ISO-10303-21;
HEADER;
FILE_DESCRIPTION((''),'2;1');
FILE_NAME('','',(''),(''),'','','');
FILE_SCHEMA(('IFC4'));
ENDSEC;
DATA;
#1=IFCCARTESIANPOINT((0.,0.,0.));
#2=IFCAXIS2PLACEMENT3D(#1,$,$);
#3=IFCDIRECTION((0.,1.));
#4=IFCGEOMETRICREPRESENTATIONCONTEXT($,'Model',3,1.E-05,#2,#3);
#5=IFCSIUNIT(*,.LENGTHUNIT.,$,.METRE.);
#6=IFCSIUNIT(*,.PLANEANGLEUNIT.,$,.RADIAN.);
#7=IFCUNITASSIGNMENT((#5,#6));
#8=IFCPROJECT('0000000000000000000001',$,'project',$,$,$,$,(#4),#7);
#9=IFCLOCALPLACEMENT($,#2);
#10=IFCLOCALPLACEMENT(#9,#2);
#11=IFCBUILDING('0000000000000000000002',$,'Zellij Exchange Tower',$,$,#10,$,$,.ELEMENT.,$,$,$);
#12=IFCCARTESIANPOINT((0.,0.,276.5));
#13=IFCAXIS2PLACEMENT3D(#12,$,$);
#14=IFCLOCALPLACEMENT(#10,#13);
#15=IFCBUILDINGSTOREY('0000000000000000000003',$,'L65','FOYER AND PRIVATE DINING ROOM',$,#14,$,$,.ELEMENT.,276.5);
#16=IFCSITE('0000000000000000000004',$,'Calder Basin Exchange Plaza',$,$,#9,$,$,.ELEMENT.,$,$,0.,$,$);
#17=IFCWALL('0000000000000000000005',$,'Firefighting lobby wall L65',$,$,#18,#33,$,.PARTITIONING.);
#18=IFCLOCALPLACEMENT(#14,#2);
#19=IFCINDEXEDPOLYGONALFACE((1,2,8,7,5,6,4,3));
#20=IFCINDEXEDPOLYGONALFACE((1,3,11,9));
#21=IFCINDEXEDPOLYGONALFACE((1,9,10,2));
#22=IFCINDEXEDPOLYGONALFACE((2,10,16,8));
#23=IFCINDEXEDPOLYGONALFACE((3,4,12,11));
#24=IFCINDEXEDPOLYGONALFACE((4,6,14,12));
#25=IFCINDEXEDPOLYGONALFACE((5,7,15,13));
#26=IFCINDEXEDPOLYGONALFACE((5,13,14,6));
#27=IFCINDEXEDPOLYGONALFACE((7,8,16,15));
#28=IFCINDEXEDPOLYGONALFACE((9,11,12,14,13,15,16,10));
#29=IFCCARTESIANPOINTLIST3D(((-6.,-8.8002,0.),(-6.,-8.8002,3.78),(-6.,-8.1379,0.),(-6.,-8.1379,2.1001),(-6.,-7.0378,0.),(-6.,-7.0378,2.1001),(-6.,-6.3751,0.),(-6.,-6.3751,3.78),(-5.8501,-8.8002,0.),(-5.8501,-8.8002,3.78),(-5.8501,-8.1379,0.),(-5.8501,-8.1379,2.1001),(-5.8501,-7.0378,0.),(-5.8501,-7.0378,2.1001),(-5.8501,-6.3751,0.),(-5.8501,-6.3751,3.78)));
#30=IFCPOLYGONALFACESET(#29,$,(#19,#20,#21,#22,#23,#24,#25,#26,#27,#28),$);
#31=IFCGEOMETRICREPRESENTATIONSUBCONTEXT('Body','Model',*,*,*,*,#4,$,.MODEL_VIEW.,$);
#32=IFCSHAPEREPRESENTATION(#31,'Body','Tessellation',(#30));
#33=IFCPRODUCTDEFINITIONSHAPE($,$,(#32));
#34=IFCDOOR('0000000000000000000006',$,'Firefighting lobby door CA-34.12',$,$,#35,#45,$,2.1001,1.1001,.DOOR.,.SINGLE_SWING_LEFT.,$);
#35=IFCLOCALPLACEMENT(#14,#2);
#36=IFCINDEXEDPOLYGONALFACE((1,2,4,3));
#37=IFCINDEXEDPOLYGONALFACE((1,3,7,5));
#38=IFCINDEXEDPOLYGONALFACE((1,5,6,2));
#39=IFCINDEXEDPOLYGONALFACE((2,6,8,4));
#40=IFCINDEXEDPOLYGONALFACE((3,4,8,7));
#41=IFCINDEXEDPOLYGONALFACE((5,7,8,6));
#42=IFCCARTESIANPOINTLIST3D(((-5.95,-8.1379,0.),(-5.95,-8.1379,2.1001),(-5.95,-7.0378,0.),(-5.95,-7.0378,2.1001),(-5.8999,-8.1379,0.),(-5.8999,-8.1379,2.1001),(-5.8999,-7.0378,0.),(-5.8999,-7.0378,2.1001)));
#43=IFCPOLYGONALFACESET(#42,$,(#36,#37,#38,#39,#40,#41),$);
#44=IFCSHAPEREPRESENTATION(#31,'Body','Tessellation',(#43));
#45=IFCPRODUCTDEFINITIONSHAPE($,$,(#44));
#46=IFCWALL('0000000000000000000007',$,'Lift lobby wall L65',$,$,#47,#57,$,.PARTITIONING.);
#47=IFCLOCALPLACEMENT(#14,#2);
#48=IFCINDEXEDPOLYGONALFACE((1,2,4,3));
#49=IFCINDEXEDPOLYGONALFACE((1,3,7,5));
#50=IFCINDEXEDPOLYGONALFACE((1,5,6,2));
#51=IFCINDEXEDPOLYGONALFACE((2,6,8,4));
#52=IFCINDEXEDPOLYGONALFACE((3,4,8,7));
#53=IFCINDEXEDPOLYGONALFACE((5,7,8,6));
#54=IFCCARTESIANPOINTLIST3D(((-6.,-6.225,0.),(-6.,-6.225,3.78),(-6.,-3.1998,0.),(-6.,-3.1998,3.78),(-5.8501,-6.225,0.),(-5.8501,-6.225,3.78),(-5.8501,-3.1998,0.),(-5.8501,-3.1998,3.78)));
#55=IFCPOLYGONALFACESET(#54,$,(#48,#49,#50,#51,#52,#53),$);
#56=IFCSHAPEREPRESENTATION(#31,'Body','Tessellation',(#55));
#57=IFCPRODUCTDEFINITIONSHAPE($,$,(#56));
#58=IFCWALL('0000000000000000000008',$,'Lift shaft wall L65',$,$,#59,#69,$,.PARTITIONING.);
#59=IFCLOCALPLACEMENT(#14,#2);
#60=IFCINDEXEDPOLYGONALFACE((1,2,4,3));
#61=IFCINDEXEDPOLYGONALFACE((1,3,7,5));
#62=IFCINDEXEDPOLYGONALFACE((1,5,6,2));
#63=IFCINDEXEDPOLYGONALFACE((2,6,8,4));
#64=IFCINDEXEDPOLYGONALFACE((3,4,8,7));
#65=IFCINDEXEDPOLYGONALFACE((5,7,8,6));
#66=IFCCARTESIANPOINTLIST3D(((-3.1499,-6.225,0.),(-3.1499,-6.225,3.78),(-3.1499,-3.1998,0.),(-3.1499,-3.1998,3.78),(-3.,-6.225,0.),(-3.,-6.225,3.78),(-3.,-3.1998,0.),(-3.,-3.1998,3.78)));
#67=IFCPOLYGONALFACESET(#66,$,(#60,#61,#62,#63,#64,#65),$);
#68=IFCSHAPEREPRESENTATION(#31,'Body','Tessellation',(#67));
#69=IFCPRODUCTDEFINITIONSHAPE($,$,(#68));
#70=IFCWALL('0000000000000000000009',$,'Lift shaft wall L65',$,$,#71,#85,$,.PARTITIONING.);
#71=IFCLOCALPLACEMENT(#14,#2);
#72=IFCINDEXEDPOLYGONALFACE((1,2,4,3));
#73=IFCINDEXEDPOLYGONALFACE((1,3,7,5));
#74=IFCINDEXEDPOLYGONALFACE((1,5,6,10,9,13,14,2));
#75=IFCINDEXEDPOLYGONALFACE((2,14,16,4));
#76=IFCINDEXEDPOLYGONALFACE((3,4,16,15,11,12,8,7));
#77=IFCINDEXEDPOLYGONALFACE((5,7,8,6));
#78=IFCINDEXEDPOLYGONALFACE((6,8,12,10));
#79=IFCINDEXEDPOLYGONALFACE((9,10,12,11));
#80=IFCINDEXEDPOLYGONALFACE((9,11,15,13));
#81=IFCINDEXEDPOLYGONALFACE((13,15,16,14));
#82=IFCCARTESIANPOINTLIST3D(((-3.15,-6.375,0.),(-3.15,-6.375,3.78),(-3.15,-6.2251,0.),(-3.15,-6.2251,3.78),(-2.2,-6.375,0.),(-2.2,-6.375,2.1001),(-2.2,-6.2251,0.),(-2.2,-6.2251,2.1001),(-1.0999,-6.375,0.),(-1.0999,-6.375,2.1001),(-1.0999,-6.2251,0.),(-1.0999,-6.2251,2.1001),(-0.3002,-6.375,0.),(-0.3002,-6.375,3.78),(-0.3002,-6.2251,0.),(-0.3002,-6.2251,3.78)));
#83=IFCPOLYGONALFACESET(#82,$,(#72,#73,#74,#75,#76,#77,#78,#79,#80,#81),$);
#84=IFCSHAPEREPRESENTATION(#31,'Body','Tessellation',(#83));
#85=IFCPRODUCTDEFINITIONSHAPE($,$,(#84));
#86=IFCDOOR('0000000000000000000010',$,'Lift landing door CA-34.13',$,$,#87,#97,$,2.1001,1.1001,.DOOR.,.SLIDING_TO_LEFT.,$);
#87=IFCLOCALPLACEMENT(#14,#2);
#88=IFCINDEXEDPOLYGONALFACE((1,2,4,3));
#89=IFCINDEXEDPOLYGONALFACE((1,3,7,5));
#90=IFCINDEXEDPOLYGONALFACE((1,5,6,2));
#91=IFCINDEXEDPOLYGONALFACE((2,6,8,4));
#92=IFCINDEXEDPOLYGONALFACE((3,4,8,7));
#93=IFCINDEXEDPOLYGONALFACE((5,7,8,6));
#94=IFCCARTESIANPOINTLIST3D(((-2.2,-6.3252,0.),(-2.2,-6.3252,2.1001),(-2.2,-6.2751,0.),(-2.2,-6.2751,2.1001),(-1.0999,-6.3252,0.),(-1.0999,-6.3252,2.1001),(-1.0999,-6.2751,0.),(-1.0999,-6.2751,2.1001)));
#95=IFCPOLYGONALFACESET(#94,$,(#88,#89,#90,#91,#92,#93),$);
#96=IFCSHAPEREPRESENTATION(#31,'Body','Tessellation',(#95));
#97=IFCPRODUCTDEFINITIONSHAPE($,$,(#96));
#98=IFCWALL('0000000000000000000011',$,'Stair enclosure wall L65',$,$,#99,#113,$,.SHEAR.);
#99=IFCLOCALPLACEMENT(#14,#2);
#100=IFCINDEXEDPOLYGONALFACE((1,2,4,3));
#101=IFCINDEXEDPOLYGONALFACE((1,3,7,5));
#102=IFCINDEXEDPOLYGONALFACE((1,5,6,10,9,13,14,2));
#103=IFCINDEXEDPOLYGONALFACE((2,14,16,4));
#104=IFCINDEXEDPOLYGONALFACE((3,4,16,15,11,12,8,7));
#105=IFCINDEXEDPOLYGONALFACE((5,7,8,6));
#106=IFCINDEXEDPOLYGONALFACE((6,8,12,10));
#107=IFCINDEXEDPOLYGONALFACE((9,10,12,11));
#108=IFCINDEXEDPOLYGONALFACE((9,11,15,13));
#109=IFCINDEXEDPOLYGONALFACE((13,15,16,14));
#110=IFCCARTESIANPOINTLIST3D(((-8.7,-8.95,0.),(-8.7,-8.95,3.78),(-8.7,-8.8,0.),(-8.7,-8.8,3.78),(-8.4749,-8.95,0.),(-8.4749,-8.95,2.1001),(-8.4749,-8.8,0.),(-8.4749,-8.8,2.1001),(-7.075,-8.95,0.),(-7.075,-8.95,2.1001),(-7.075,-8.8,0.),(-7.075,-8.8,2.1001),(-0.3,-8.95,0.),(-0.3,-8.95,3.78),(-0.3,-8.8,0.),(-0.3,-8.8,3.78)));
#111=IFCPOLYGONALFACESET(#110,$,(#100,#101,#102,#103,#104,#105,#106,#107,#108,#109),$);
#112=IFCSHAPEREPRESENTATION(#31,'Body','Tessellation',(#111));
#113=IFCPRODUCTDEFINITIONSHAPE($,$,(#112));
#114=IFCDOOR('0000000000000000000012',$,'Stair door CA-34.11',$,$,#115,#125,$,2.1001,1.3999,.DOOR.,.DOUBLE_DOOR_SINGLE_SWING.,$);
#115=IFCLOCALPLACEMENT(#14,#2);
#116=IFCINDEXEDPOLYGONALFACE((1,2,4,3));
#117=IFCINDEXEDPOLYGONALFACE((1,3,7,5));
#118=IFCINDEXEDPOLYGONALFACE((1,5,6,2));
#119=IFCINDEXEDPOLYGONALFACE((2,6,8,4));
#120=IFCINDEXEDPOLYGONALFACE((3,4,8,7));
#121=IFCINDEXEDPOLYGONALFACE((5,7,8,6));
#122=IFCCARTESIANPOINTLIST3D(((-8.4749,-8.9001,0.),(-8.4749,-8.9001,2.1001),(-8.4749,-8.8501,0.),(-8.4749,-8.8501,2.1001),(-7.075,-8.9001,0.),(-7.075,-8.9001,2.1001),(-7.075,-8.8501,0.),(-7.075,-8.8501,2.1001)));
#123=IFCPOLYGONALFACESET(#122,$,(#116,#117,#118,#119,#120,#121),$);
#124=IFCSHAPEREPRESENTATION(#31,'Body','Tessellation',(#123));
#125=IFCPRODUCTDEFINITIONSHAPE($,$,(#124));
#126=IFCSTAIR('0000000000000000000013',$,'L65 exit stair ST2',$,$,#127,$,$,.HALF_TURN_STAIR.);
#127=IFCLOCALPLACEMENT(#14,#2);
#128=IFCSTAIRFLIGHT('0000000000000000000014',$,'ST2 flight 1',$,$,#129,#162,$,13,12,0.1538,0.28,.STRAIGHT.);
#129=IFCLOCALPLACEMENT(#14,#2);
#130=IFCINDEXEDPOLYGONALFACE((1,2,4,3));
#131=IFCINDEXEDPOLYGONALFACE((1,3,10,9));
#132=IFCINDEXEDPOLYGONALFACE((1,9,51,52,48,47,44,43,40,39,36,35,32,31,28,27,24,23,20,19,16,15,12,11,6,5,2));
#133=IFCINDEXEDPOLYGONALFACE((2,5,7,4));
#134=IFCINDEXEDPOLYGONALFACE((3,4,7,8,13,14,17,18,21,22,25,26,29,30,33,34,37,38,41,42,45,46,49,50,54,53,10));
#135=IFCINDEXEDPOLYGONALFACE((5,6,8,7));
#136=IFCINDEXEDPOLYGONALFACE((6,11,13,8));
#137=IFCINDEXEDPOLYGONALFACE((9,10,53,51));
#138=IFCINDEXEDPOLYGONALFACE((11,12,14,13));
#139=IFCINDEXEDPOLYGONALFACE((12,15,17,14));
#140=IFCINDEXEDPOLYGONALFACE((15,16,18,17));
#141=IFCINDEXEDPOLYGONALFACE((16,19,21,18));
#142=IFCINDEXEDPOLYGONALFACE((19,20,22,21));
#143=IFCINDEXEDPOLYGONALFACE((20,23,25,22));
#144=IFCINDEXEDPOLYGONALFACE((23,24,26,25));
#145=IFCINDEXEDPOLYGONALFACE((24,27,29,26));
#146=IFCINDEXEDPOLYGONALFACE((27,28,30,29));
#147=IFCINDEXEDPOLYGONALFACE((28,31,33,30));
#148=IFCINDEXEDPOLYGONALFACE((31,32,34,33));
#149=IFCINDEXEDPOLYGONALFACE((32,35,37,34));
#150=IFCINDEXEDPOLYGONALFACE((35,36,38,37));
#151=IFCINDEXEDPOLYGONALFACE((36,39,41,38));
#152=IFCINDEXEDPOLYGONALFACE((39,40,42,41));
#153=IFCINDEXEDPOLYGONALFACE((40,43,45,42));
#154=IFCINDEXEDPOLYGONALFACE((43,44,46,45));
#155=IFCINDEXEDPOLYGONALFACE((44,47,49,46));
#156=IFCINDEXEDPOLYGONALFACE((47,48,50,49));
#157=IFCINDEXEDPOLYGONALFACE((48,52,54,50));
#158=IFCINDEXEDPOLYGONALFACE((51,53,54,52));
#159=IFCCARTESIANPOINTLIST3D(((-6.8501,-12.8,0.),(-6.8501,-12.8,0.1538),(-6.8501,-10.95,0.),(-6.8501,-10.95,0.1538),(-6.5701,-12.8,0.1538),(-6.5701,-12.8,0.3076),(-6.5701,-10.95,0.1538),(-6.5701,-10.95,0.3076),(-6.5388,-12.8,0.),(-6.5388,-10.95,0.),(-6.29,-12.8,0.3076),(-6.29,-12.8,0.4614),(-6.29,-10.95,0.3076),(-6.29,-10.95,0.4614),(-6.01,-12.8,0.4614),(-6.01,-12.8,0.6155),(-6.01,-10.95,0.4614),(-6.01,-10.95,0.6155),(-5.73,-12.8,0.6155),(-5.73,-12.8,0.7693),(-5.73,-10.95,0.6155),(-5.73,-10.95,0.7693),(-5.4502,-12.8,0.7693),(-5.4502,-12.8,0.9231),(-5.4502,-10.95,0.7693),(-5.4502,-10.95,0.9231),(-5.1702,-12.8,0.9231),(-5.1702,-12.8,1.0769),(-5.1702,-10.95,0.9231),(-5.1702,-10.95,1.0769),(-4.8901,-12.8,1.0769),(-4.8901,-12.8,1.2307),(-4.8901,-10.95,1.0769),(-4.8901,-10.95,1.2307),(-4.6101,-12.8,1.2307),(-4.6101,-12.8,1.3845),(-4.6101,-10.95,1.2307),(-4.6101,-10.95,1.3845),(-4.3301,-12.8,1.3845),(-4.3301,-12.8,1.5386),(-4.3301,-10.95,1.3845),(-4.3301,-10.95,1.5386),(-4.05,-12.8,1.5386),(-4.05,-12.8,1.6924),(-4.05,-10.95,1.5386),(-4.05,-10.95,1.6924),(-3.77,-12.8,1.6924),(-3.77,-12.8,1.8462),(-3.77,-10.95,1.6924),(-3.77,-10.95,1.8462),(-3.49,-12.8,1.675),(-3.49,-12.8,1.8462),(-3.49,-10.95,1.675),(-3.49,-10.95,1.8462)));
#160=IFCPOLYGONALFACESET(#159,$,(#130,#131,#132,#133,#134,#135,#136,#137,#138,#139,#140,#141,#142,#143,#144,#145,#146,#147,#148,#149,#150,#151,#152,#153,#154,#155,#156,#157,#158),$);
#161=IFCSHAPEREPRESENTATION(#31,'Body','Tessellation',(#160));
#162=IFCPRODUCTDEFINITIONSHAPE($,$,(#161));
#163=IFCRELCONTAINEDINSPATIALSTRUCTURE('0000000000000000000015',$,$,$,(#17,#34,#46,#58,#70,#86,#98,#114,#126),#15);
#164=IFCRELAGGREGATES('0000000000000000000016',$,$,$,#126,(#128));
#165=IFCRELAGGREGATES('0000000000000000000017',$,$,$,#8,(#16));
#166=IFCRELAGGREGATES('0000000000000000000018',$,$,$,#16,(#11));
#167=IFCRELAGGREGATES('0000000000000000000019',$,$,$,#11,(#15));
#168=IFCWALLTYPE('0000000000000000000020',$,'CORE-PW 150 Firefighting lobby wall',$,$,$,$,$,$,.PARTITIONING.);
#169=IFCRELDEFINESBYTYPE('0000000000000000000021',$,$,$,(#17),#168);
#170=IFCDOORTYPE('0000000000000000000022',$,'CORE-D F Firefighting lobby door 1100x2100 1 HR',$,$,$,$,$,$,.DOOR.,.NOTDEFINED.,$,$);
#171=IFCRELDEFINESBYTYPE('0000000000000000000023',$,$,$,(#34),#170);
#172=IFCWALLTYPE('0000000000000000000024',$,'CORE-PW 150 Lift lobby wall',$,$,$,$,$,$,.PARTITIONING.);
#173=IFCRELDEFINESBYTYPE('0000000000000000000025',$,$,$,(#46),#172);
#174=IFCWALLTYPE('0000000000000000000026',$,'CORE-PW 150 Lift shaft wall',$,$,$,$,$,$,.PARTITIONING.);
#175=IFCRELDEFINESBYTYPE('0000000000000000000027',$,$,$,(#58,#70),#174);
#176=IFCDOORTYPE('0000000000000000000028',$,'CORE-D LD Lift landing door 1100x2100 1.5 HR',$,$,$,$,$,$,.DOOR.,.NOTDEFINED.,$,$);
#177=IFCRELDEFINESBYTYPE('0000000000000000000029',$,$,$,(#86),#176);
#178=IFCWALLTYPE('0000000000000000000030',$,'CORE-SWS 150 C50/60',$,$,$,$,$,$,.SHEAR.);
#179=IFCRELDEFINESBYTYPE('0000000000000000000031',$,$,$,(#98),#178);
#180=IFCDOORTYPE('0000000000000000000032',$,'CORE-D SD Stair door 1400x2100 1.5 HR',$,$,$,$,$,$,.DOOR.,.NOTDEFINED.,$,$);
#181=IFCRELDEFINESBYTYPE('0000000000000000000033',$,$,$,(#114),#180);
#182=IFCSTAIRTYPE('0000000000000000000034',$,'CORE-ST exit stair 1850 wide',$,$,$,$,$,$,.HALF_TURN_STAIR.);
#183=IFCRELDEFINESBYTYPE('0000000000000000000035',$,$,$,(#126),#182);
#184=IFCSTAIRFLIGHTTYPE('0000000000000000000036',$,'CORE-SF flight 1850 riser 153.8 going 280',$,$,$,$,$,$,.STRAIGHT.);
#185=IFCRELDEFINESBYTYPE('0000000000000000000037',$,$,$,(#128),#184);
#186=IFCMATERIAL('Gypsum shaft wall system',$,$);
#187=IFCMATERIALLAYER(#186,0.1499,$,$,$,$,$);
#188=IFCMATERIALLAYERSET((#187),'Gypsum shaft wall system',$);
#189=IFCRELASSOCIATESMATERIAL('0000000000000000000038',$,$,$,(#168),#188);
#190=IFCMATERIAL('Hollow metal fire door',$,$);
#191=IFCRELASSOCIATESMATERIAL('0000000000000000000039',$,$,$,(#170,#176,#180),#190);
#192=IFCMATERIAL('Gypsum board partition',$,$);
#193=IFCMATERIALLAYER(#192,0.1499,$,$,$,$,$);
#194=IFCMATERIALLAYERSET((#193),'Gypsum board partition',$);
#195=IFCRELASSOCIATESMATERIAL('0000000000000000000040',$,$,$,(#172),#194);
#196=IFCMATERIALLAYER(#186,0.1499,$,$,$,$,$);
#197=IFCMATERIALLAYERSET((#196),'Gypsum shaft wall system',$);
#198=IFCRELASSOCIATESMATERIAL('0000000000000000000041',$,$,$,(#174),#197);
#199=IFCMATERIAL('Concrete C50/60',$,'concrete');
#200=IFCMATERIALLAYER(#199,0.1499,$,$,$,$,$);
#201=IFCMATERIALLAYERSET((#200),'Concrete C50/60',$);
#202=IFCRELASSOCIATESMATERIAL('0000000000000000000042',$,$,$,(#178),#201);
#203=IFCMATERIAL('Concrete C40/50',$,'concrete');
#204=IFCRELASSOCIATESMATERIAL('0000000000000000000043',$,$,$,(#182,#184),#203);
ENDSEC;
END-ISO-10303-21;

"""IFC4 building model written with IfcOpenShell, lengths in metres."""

from ifc_helpers import new_model, si_unit, direction, frame, frame_2d, origin, place, context, subcontext, project, spatial, polyline, rectangle, outline, extrude, material, layer, layer_set, type_object, element, fill, aggregate, save


model = new_model("IFC4")

# Units and contexts
model_context = context("Model", 3, precision=1e-05, world=origin(), true_north=direction((0.0, 1.0)))
body_context = subcontext(model_context, "Body", "Model", "MODEL_VIEW")
ifc_project = project(units=[si_unit("LENGTHUNIT", "METRE"), si_unit("PLANEANGLEUNIT", "RADIAN")], contexts=[model_context])

# Site, building, storey
site_placement = place(None, origin())
site = spatial("IfcSite", under=ifc_project, at=site_placement, Name="Calder Basin Exchange Plaza", CompositionType="ELEMENT", RefElevation=0.0)
building_placement = place(site_placement, origin())
building = spatial("IfcBuilding", under=site, at=building_placement, Name="Zellij Exchange Tower", CompositionType="ELEMENT")
storey_placement = place(building_placement, frame((0.0, 0.0, 276.5)))
storey = spatial("IfcBuildingStorey", under=building, at=storey_placement, Name="L65", Description="FOYER AND PRIVATE DINING ROOM", CompositionType="ELEMENT", Elevation=276.5)

# Shared definitions
ifc_material_1 = material(Name="Concrete C40/50", Category="concrete")

# Shared definitions
ifc_material_2 = material(Name="Concrete C50/60", Category="concrete")

# Wall, opening, door
ifc_material_3 = material(Name="Gypsum shaft wall system")
ifc_layer_1 = layer(ifc_material_3, 0.1499)
ifc_layer_set_1 = layer_set([ifc_layer_1], Name="Gypsum shaft wall system")
wall_type_1 = type_object("IfcWallType", Name="CORE-PW 150 Firefighting lobby wall", PredefinedType="PARTITIONING", material=ifc_layer_set_1)
wall_1_placement = place(storey_placement, frame((-5.925, -8.8, 0.0), z_axis=(0.0, 0.0, 1.0), x_axis=(0.0, 1.0, 0.0)))
wall_1 = element("IfcWall", 1, at=wall_1_placement, inside=storey, type_object=wall_type_1, Name="Firefighting lobby wall L65", PredefinedType="PARTITIONING", context=body_context, shape_type="SweptSolid", body=[
    extrude(rectangle(XDim=2.425, YDim=0.1499, at=frame_2d((1.2124, 0.0))), origin(), (0.0, 0.0, 1.0), 3.78),
])
opening_1_placement = place(wall_1_placement, frame((0.6621, 0.0, 0.0)))
opening_1 = element("IfcOpeningElement", 2, at=opening_1_placement, cuts=wall_1, PredefinedType="OPENING", context=body_context, shape_type="SweptSolid", body=[
    extrude(rectangle(XDim=1.1001, YDim=2.1001, at=frame_2d((0.55, 1.05))), frame((0.0, 0.0869, 0.0), z_axis=(0.0, -1.0, 0.0), x_axis=(1.0, 0.0, 0.0)), (0.0, 0.0, 1.0), 0.1738),
])
ifc_material_4 = material(Name="Hollow metal fire door")
door_type_1 = type_object("IfcDoorType", Name="CORE-D F Firefighting lobby door 1100x2100 1 HR", OperationType="NOTDEFINED", PredefinedType="DOOR", material=ifc_material_4)
door_1_placement = place(opening_1_placement, origin())
door_1 = element("IfcDoor", 3, at=door_1_placement, inside=storey, type_object=door_type_1, Name="Firefighting lobby door CA-34.12", OperationType="SINGLE_SWING_LEFT", OverallHeight=2.1001, OverallWidth=1.1001, PredefinedType="DOOR", context=body_context, shape_type="SweptSolid", body=[
    extrude(rectangle(XDim=1.1001, YDim=2.1001, at=frame_2d((0.55, 1.05))), frame((0.0, 0.0249, 0.0), z_axis=(0.0, -1.0, 0.0), x_axis=(1.0, 0.0, 0.0)), (0.0, 0.0, 1.0), 0.05),
])
fill(opening_1, door_1)

# Walls
ifc_material_5 = material(Name="Gypsum board partition")
ifc_layer_2 = layer(ifc_material_5, 0.1499)
ifc_layer_set_2 = layer_set([ifc_layer_2], Name="Gypsum board partition")
wall_type_2 = type_object("IfcWallType", Name="CORE-PW 150 Lift lobby wall", PredefinedType="PARTITIONING", material=ifc_layer_set_2)
wall_2_placement = place(storey_placement, frame((-5.925, -6.2251, 0.0), z_axis=(0.0, 0.0, 1.0), x_axis=(0.0, 1.0, 0.0)))
element("IfcWall", 4, at=wall_2_placement, inside=storey, type_object=wall_type_2, Name="Lift lobby wall L65", PredefinedType="PARTITIONING", context=body_context, shape_type="SweptSolid", body=[
    extrude(rectangle(XDim=3.0251, YDim=0.1499, at=frame_2d((1.5127, 0.0))), origin(), (0.0, 0.0, 1.0), 3.78),
])
ifc_layer_3 = layer(ifc_material_3, 0.1499)
ifc_layer_set_3 = layer_set([ifc_layer_3], Name="Gypsum shaft wall system")
wall_type_3 = type_object("IfcWallType", Name="CORE-PW 150 Lift shaft wall", PredefinedType="PARTITIONING", material=ifc_layer_set_3)
wall_3_placement = place(storey_placement, frame((-3.075, -6.2251, 0.0), z_axis=(0.0, 0.0, 1.0), x_axis=(0.0, 1.0, 0.0)))
element("IfcWall", 5, at=wall_3_placement, inside=storey, type_object=wall_type_3, Name="Lift shaft wall L65", PredefinedType="PARTITIONING", context=body_context, shape_type="SweptSolid", body=[
    extrude(rectangle(XDim=3.0251, YDim=0.1499, at=frame_2d((1.5127, 0.0))), origin(), (0.0, 0.0, 1.0), 3.78),
])

# Walls, openings, doors
wall_4_placement = place(storey_placement, frame((-3.1499, -6.3, 0.0), z_axis=(0.0, 0.0, 1.0), x_axis=(1.0, 0.0, 0.0)))
wall_4 = element("IfcWall", 6, at=wall_4_placement, inside=storey, type_object=wall_type_3, Name="Lift shaft wall L65", PredefinedType="PARTITIONING", context=body_context, shape_type="SweptSolid", body=[
    extrude(rectangle(XDim=2.8499, YDim=0.1499, at=frame_2d((1.4248, 0.0))), origin(), (0.0, 0.0, 1.0), 3.78),
])
opening_2_placement = place(wall_4_placement, frame((0.95, 0.0, 0.0)))
opening_2 = element("IfcOpeningElement", 7, at=opening_2_placement, cuts=wall_4, PredefinedType="OPENING", context=body_context, shape_type="SweptSolid", body=[
    extrude(rectangle(XDim=1.1001, YDim=2.1001, at=frame_2d((0.55, 1.05))), frame((0.0, 0.0869, 0.0), z_axis=(0.0, -1.0, 0.0), x_axis=(1.0, 0.0, 0.0)), (0.0, 0.0, 1.0), 0.1738),
])
door_type_2 = type_object("IfcDoorType", Name="CORE-D LD Lift landing door 1100x2100 1.5 HR", OperationType="NOTDEFINED", PredefinedType="DOOR", material=ifc_material_4)
door_2_placement = place(opening_2_placement, origin())
door_2 = element("IfcDoor", 8, at=door_2_placement, inside=storey, type_object=door_type_2, Name="Lift landing door CA-34.13", OperationType="SLIDING_TO_LEFT", OverallHeight=2.1001, OverallWidth=1.1001, PredefinedType="DOOR", context=body_context, shape_type="SweptSolid", body=[
    extrude(rectangle(XDim=1.1001, YDim=2.1001, at=frame_2d((0.55, 1.05))), frame((0.0, 0.0249, 0.0), z_axis=(0.0, -1.0, 0.0), x_axis=(1.0, 0.0, 0.0)), (0.0, 0.0, 1.0), 0.05),
])
fill(opening_2, door_2)
ifc_layer_4 = layer(ifc_material_2, 0.1499)
ifc_layer_set_4 = layer_set([ifc_layer_4], Name="Concrete C50/60")
wall_type_4 = type_object("IfcWallType", Name="CORE-SWS 150 C50/60", PredefinedType="SHEAR", material=ifc_layer_set_4)
wall_5_placement = place(storey_placement, frame((-8.7, -8.875, 0.0), z_axis=(0.0, 0.0, 1.0), x_axis=(1.0, 0.0, 0.0)))
wall_5 = element("IfcWall", 9, at=wall_5_placement, inside=storey, type_object=wall_type_4, Name="Stair enclosure wall L65", PredefinedType="SHEAR", context=body_context, shape_type="SweptSolid", body=[
    extrude(rectangle(XDim=8.3999, YDim=0.1499, at=frame_2d((4.2, 0.0))), origin(), (0.0, 0.0, 1.0), 3.78),
])
opening_3_placement = place(wall_5_placement, frame((0.2251, 0.0, 0.0)))
opening_3 = element("IfcOpeningElement", 10, at=opening_3_placement, cuts=wall_5, PredefinedType="OPENING", context=body_context, shape_type="SweptSolid", body=[
    extrude(rectangle(XDim=1.3999, YDim=2.1001, at=frame_2d((0.7, 1.05))), frame((0.0, 0.0869, 0.0), z_axis=(0.0, -1.0, 0.0), x_axis=(1.0, 0.0, 0.0)), (0.0, 0.0, 1.0), 0.1738),
])
door_type_3 = type_object("IfcDoorType", Name="CORE-D SD Stair door 1400x2100 1.5 HR", OperationType="NOTDEFINED", PredefinedType="DOOR", material=ifc_material_4)
door_3_placement = place(opening_3_placement, origin())
door_3 = element("IfcDoor", 11, at=door_3_placement, inside=storey, type_object=door_type_3, Name="Stair door CA-34.11", OperationType="DOUBLE_DOOR_SINGLE_SWING", OverallHeight=2.1001, OverallWidth=1.3999, PredefinedType="DOOR", context=body_context, shape_type="SweptSolid", body=[
    extrude(rectangle(XDim=1.3999, YDim=2.1001, at=frame_2d((0.7, 1.05))), frame((0.0, 0.0249, 0.0), z_axis=(0.0, -1.0, 0.0), x_axis=(1.0, 0.0, 0.0)), (0.0, 0.0, 1.0), 0.05),
])
fill(opening_3, door_3)

# Stair, stair flight
stair_type = type_object("IfcStairType", Name="CORE-ST exit stair 1850 wide", PredefinedType="HALF_TURN_STAIR", material=ifc_material_1)
stair_placement = place(storey_placement, origin())
stair = element("IfcStair", 12, at=stair_placement, inside=storey, type_object=stair_type, Name="L65 exit stair ST2", PredefinedType="HALF_TURN_STAIR")
stair_flight_type = type_object("IfcStairFlightType", Name="CORE-SF flight 1850 riser 153.8 going 280", PredefinedType="STRAIGHT", material=ifc_material_1)
stair_flight_1_placement = place(storey_placement, frame((-6.8501, -11.875, 0.0), z_axis=(0.0, 0.0, 1.0), x_axis=(1.0, 0.0, 0.0)))
stair_flight_1 = element("IfcStairFlight", 13, at=stair_flight_1_placement, type_object=stair_flight_type, Name="ST2 flight 1", NumberOfRisers=13, NumberOfTreads=12, PredefinedType="STRAIGHT", RiserHeight=0.1538, TreadLength=0.28, context=body_context, shape_type="SweptSolid", body=[
    extrude(outline(polyline([(0.0, 0.0), (0.0, 0.1538), (0.28, 0.1538), (0.28, 0.3076), (0.5601, 0.3076), (0.5601, 0.4614), (0.8401, 0.4614), (0.8401, 0.6155), (1.1201, 0.6155), (1.1201, 0.7693), (1.3999, 0.7693), (1.3999, 0.9231), (1.6799, 0.9231), (1.6799, 1.0769), (1.96, 1.0769), (1.96, 1.2307), (2.24, 1.2307), (2.24, 1.3845), (2.52, 1.3845), (2.52, 1.5386), (2.8, 1.5386), (2.8, 1.6924), (3.0801, 1.6924), (3.0801, 1.8462), (3.3601, 1.8462), (3.3601, 2.0), (3.3601, 1.675), (0.3113, 0.0), (0.0, 0.0)])), frame((0.0, 0.925, 0.0), z_axis=(0.0, -1.0, 0.0), x_axis=(1.0, 0.0, 0.0)), (0.0, 0.0, 1.0), 1.8501),
])
aggregate(stair, [stair_flight_1])

save(model, "model.ifc")
